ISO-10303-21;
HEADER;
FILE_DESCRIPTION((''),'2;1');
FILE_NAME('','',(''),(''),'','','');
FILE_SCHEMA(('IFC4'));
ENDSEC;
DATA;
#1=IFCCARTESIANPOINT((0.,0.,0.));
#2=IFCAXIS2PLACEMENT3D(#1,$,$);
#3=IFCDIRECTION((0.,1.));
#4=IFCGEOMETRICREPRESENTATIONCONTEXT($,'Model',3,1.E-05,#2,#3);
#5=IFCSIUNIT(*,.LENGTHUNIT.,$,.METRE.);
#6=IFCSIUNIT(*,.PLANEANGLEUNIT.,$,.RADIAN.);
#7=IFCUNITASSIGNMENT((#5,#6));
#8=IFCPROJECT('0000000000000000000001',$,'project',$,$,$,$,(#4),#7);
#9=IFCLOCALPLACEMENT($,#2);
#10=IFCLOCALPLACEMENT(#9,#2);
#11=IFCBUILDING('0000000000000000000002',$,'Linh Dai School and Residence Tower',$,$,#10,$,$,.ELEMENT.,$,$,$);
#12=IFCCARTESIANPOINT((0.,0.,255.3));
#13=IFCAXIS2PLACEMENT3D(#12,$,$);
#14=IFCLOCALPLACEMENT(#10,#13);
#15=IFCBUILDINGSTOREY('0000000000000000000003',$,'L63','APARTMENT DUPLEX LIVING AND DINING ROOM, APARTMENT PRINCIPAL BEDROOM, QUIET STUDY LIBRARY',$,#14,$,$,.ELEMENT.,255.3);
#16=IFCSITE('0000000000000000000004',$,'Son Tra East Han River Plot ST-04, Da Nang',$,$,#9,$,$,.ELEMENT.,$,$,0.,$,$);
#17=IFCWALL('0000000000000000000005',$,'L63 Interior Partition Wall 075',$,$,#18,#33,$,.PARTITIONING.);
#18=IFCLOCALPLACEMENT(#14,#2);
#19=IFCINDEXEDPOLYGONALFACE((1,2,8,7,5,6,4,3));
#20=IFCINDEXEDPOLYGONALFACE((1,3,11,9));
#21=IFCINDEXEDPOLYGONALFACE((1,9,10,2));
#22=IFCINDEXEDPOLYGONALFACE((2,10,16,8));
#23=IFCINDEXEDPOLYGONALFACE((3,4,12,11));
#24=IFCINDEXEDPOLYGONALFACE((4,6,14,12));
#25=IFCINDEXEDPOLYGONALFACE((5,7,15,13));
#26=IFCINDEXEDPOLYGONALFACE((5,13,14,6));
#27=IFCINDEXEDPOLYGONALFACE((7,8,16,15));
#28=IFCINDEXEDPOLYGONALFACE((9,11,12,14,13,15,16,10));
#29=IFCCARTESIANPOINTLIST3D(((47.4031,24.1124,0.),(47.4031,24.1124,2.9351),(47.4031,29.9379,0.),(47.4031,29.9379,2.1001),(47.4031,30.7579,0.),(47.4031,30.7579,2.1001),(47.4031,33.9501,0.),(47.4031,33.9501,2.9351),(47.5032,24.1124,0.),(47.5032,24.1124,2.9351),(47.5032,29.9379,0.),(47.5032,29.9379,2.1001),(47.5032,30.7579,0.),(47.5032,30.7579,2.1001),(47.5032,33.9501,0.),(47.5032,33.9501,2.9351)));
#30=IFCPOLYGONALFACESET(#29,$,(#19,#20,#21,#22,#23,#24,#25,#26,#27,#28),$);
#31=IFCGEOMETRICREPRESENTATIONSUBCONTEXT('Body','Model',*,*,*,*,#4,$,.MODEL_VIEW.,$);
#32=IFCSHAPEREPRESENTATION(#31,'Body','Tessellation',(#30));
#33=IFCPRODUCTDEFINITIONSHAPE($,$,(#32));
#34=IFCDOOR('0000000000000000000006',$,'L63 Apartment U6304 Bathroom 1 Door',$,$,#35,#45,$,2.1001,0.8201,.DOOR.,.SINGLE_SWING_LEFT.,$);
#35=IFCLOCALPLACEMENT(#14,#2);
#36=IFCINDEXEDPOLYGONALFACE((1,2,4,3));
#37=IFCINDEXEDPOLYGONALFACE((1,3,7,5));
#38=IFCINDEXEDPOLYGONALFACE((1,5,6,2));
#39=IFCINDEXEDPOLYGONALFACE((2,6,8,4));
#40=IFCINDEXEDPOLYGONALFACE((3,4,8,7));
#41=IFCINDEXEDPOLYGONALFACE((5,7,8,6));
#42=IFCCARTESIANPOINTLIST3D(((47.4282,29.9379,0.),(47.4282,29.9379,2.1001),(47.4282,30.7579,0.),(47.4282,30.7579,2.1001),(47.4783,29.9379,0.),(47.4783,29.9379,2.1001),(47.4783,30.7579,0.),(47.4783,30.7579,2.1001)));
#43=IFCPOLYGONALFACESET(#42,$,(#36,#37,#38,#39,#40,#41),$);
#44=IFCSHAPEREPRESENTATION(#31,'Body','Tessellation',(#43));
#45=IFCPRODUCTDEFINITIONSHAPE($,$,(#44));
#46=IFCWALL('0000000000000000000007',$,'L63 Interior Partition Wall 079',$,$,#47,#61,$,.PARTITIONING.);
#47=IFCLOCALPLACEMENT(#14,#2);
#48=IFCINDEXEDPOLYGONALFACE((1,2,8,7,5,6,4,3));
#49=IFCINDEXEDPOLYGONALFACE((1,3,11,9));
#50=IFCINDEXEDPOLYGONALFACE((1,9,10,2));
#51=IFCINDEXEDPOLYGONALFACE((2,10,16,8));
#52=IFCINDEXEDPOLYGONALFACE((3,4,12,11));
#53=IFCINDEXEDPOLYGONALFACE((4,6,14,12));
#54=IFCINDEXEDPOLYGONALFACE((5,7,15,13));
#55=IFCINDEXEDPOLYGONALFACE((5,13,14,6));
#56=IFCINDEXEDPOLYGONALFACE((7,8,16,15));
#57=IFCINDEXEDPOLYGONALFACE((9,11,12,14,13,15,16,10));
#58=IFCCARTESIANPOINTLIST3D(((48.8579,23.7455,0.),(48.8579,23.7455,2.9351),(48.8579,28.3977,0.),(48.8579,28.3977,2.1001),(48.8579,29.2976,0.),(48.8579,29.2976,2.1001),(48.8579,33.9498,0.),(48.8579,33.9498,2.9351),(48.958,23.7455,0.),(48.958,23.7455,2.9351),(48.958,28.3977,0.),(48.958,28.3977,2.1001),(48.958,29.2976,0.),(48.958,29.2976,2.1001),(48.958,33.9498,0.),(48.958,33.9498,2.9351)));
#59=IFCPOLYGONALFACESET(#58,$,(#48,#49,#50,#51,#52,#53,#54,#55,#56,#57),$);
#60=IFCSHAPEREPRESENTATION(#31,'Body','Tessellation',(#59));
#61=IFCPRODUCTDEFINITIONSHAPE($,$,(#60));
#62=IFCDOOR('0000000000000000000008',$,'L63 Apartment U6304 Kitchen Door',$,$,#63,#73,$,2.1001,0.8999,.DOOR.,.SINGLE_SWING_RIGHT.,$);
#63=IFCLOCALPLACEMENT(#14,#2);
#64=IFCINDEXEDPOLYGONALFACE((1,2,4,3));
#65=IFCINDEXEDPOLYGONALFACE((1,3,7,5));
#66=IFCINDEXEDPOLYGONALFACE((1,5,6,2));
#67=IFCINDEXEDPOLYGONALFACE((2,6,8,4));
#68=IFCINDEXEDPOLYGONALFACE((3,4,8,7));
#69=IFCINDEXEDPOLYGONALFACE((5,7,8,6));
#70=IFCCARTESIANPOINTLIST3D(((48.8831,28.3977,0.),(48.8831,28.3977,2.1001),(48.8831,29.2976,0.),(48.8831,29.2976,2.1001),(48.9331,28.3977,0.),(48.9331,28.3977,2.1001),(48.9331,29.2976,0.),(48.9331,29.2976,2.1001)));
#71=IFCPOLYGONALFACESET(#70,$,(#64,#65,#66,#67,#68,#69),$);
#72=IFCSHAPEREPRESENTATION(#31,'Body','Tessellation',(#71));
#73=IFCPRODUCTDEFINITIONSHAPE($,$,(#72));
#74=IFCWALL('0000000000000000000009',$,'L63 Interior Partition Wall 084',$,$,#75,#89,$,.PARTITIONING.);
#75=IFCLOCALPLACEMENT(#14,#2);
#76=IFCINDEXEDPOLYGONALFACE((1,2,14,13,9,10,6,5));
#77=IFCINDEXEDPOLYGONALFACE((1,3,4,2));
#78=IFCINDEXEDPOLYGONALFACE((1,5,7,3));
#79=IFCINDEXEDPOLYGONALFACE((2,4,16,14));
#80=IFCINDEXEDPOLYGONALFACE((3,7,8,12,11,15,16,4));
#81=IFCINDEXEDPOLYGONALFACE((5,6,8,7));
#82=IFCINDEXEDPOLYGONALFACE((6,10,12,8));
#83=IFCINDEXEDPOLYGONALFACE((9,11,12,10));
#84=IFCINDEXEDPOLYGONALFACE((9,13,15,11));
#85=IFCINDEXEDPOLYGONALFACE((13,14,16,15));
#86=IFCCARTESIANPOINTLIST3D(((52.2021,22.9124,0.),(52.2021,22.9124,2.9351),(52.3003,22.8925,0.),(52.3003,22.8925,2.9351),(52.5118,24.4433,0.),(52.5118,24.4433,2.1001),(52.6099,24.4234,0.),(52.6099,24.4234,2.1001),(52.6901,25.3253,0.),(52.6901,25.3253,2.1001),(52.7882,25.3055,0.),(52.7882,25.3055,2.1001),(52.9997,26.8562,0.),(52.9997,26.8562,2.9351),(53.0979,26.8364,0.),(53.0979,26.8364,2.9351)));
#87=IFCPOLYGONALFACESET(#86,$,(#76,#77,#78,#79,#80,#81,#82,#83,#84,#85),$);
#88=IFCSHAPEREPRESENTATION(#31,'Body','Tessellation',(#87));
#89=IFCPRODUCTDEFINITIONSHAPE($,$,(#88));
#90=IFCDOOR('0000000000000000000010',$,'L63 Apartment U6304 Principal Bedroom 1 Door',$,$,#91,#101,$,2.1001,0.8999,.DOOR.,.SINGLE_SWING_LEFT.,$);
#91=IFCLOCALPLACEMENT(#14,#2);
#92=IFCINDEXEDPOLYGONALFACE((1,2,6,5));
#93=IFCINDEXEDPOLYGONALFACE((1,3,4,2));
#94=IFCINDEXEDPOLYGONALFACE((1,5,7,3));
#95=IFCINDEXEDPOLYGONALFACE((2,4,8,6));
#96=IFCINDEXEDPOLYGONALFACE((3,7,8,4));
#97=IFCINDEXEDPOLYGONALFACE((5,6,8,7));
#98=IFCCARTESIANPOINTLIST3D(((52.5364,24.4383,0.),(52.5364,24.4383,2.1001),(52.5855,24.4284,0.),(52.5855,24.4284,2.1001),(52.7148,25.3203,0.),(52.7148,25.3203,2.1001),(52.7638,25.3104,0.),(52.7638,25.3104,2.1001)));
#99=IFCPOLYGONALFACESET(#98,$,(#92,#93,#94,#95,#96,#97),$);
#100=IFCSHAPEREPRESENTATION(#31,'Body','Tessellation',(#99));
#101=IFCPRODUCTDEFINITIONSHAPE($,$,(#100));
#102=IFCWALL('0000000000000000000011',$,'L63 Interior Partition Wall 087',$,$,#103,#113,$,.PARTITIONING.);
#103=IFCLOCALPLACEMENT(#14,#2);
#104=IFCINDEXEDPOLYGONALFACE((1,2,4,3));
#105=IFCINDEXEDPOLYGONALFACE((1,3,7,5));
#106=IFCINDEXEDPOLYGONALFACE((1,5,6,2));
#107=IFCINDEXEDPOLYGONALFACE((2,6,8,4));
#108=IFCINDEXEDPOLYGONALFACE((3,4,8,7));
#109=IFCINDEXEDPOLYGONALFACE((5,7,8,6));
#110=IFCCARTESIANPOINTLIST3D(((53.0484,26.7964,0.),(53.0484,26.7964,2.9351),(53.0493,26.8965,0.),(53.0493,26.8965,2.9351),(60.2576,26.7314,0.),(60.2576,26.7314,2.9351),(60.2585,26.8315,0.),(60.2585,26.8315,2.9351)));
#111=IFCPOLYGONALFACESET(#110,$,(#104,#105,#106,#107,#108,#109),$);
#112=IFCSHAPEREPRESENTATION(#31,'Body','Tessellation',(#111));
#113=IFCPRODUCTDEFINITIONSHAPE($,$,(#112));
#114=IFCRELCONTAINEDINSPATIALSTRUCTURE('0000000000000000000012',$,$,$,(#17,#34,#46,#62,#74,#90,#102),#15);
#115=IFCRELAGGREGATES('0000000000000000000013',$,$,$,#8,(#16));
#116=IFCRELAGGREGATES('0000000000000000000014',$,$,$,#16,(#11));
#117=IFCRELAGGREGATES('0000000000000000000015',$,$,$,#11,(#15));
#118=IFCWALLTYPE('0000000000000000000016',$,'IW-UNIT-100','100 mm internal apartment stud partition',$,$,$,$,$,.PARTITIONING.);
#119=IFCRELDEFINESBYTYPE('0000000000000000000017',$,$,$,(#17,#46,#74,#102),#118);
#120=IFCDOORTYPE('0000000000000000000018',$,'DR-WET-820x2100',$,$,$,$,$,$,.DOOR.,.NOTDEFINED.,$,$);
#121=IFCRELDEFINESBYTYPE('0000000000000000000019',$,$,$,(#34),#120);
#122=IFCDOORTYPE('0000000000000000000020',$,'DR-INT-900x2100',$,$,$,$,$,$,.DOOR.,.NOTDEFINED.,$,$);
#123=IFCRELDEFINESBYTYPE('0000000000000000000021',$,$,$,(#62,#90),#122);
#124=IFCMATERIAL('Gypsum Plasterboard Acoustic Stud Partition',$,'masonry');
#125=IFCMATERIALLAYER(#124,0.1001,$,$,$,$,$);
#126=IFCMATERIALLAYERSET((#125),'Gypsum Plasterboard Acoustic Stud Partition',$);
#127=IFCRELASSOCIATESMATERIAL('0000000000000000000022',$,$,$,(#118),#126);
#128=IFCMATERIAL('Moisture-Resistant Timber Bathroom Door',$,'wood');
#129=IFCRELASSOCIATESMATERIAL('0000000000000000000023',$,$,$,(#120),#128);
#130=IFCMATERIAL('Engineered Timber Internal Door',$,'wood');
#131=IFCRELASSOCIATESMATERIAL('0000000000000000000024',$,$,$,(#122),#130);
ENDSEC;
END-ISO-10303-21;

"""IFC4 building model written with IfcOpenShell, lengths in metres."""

from ifc_helpers import new_model, si_unit, direction, frame, frame_2d, origin, origin_2d, place, context, subcontext, project, spatial, rectangle, extrude, source, transform, mapped, material, layer, layer_set, type_object, element, fill, save


model = new_model("IFC4")

# Units and contexts
model_context = context("Model", 3, precision=1e-05, world=origin(), true_north=direction((0.0, 1.0)))
body_context = subcontext(model_context, "Body", "Model", "MODEL_VIEW")
ifc_project = project(units=[si_unit("LENGTHUNIT", "METRE"), si_unit("PLANEANGLEUNIT", "RADIAN")], contexts=[model_context])

# Site, building, storey
site_placement = place(None, origin())
site = spatial("IfcSite", under=ifc_project, at=site_placement, Name="Son Tra East Han River Plot ST-04, Da Nang", CompositionType="ELEMENT", RefElevation=0.0)
building_placement = place(site_placement, origin())
building = spatial("IfcBuilding", under=site, at=building_placement, Name="Linh Dai School and Residence Tower", CompositionType="ELEMENT")
storey_placement = place(building_placement, frame((0.0, 0.0, 255.3)))
storey = spatial("IfcBuildingStorey", under=building, at=storey_placement, Name="L63", Description="APARTMENT DUPLEX LIVING AND DINING ROOM, APARTMENT PRINCIPAL BEDROOM, QUIET STUDY LIBRARY", CompositionType="ELEMENT", Elevation=255.3)

# Walls, openings, doors
ifc_material_1 = material(Name="Gypsum Plasterboard Acoustic Stud Partition", Category="masonry")
ifc_layer_1 = layer(ifc_material_1, 0.1001)
ifc_layer_set_1 = layer_set([ifc_layer_1], Name="Gypsum Plasterboard Acoustic Stud Partition")
wall_type_1 = type_object("IfcWallType", Name="IW-UNIT-100", Description="100 mm internal apartment stud partition", PredefinedType="PARTITIONING", material=ifc_layer_set_1)
wall_1_placement = place(storey_placement, frame((47.4531, 24.1123, 0.0), z_axis=(0.0, 0.0, 1.0), x_axis=(0.0, 1.0, 0.0)))
wall_1 = element("IfcWall", 1, at=wall_1_placement, inside=storey, type_object=wall_type_1, Name="L63 Interior Partition Wall 075", PredefinedType="PARTITIONING", context=body_context, shape_type="SweptSolid", body=[
    extrude(rectangle(XDim=9.8376, YDim=0.1001, at=frame_2d((4.9189, 0.0))), origin(), (0.0, 0.0, 1.0), 2.9351),
])
opening_1_placement = place(wall_1_placement, frame((5.8254, 0.0, 0.0)))
opening_1 = element("IfcOpeningElement", 2, at=opening_1_placement, cuts=wall_1, PredefinedType="OPENING", context=body_context, shape_type="SweptSolid", body=[
    extrude(rectangle(XDim=0.8201, YDim=2.1001, at=origin_2d()), frame((0.4102, 0.0601, 1.05), z_axis=(0.0, -1.0, 0.0), x_axis=(1.0, 0.0, 0.0)), (0.0, 0.0, 1.0), 0.1201),
])
ifc_material_2 = material(Name="Moisture-Resistant Timber Bathroom Door", Category="wood")
door_type_1 = type_object("IfcDoorType", Name="DR-WET-820x2100", OperationType="NOTDEFINED", PredefinedType="DOOR", material=ifc_material_2)
shared_shape_1 = source(origin(), body_context, "Body", "SweptSolid", [
    extrude(rectangle(XDim=0.8201, YDim=2.1001, at=origin_2d()), frame((0.4102, 0.0249, 1.05), z_axis=(0.0, -1.0, 0.0), x_axis=(1.0, 0.0, 0.0)), (0.0, 0.0, 1.0), 0.05),
])
door_1_placement = place(opening_1_placement, origin())
door_1 = element("IfcDoor", 3, at=door_1_placement, inside=storey, type_object=door_type_1, Name="L63 Apartment U6304 Bathroom 1 Door", OperationType="SINGLE_SWING_LEFT", OverallHeight=2.1001, OverallWidth=0.8201, PredefinedType="DOOR", context=body_context, shape_type="MappedRepresentation", body=[
    mapped(shared_shape_1, transform((0.0, 0.0, 0.0), x_axis=(1.0, 0.0, 0.0), y_axis=(0.0, 1.0, 0.0), z_axis=(0.0, 0.0, 1.0), scale=1.0)),
])
fill(opening_1, door_1)
wall_2_placement = place(storey_placement, frame((48.908, 23.7456, 0.0), z_axis=(0.0, 0.0, 1.0), x_axis=(0.0, 1.0, 0.0)))
wall_2 = element("IfcWall", 4, at=wall_2_placement, inside=storey, type_object=wall_type_1, Name="L63 Interior Partition Wall 079", PredefinedType="PARTITIONING", context=body_context, shape_type="SweptSolid", body=[
    extrude(rectangle(XDim=10.2043, YDim=0.1001, at=frame_2d((5.1021, 0.0))), origin(), (0.0, 0.0, 1.0), 2.9351),
])
opening_2_placement = place(wall_2_placement, frame((4.6521, 0.0, 0.0)))
opening_2 = element("IfcOpeningElement", 5, at=opening_2_placement, cuts=wall_2, PredefinedType="OPENING", context=body_context, shape_type="SweptSolid", body=[
    extrude(rectangle(XDim=0.8999, YDim=2.1001, at=origin_2d()), frame((0.45, 0.0601, 1.05), z_axis=(0.0, -1.0, 0.0), x_axis=(1.0, 0.0, 0.0)), (0.0, 0.0, 1.0), 0.1201),
])
ifc_material_3 = material(Name="Engineered Timber Internal Door", Category="wood")
door_type_2 = type_object("IfcDoorType", Name="DR-INT-900x2100", OperationType="NOTDEFINED", PredefinedType="DOOR", material=ifc_material_3)
shared_shape_2 = source(origin(), body_context, "Body", "SweptSolid", [
    extrude(rectangle(XDim=0.8999, YDim=2.1001, at=origin_2d()), frame((0.45, 0.0249, 1.05), z_axis=(0.0, -1.0, 0.0), x_axis=(1.0, 0.0, 0.0)), (0.0, 0.0, 1.0), 0.05),
])
door_2_placement = place(opening_2_placement, origin())
door_2 = element("IfcDoor", 6, at=door_2_placement, inside=storey, type_object=door_type_2, Name="L63 Apartment U6304 Kitchen Door", OperationType="SINGLE_SWING_RIGHT", OverallHeight=2.1001, OverallWidth=0.8999, PredefinedType="DOOR", context=body_context, shape_type="MappedRepresentation", body=[
    mapped(shared_shape_2, transform((0.0, 0.0, 0.0), x_axis=(1.0, 0.0, 0.0), y_axis=(0.0, 1.0, 0.0), z_axis=(0.0, 0.0, 1.0), scale=1.0)),
])
fill(opening_2, door_2)
wall_3_placement = place(storey_placement, frame((52.2512, 22.9026, 0.0), z_axis=(0.0, 0.0, 1.0), x_axis=(0.198228, 0.980156, 0.0)))
wall_3 = element("IfcWall", 7, at=wall_3_placement, inside=storey, type_object=wall_type_1, Name="L63 Interior Partition Wall 084", PredefinedType="PARTITIONING", context=body_context, shape_type="SweptSolid", body=[
    extrude(rectangle(XDim=4.0237, YDim=0.1001, at=frame_2d((2.0117, 0.0))), origin(), (0.0, 0.0, 1.0), 2.9351),
])
opening_3_placement = place(wall_3_placement, frame((1.5618, 0.0, 0.0)))
opening_3 = element("IfcOpeningElement", 8, at=opening_3_placement, cuts=wall_3, PredefinedType="OPENING", context=body_context, shape_type="SweptSolid", body=[
    extrude(rectangle(XDim=0.8999, YDim=2.1001, at=origin_2d()), frame((0.45, 0.0601, 1.05), z_axis=(0.0, -1.0, 0.0), x_axis=(1.0, 0.0, 0.0)), (0.0, 0.0, 1.0), 0.1201),
])
door_3_placement = place(opening_3_placement, origin())
door_3 = element("IfcDoor", 9, at=door_3_placement, inside=storey, type_object=door_type_2, Name="L63 Apartment U6304 Principal Bedroom 1 Door", OperationType="SINGLE_SWING_LEFT", OverallHeight=2.1001, OverallWidth=0.8999, PredefinedType="DOOR", context=body_context, shape_type="MappedRepresentation", body=[
    mapped(shared_shape_2, transform((0.0, 0.0, 0.0), x_axis=(1.0, 0.0, 0.0), y_axis=(0.0, 1.0, 0.0), z_axis=(0.0, 0.0, 1.0), scale=1.0)),
])
fill(opening_3, door_3)

# Wall
wall_4_placement = place(storey_placement, frame((53.0488, 26.8464, 0.0), z_axis=(0.0, 0.0, 1.0), x_axis=(0.999959, -0.009008, 0.0)))
element("IfcWall", 10, at=wall_4_placement, inside=storey, type_object=wall_type_1, Name="L63 Interior Partition Wall 087", PredefinedType="PARTITIONING", context=body_context, shape_type="SweptSolid", body=[
    extrude(rectangle(XDim=7.2095, YDim=0.1001, at=frame_2d((3.6047, 0.0))), origin(), (0.0, 0.0, 1.0), 2.9351),
])

save(model, "model.ifc")
